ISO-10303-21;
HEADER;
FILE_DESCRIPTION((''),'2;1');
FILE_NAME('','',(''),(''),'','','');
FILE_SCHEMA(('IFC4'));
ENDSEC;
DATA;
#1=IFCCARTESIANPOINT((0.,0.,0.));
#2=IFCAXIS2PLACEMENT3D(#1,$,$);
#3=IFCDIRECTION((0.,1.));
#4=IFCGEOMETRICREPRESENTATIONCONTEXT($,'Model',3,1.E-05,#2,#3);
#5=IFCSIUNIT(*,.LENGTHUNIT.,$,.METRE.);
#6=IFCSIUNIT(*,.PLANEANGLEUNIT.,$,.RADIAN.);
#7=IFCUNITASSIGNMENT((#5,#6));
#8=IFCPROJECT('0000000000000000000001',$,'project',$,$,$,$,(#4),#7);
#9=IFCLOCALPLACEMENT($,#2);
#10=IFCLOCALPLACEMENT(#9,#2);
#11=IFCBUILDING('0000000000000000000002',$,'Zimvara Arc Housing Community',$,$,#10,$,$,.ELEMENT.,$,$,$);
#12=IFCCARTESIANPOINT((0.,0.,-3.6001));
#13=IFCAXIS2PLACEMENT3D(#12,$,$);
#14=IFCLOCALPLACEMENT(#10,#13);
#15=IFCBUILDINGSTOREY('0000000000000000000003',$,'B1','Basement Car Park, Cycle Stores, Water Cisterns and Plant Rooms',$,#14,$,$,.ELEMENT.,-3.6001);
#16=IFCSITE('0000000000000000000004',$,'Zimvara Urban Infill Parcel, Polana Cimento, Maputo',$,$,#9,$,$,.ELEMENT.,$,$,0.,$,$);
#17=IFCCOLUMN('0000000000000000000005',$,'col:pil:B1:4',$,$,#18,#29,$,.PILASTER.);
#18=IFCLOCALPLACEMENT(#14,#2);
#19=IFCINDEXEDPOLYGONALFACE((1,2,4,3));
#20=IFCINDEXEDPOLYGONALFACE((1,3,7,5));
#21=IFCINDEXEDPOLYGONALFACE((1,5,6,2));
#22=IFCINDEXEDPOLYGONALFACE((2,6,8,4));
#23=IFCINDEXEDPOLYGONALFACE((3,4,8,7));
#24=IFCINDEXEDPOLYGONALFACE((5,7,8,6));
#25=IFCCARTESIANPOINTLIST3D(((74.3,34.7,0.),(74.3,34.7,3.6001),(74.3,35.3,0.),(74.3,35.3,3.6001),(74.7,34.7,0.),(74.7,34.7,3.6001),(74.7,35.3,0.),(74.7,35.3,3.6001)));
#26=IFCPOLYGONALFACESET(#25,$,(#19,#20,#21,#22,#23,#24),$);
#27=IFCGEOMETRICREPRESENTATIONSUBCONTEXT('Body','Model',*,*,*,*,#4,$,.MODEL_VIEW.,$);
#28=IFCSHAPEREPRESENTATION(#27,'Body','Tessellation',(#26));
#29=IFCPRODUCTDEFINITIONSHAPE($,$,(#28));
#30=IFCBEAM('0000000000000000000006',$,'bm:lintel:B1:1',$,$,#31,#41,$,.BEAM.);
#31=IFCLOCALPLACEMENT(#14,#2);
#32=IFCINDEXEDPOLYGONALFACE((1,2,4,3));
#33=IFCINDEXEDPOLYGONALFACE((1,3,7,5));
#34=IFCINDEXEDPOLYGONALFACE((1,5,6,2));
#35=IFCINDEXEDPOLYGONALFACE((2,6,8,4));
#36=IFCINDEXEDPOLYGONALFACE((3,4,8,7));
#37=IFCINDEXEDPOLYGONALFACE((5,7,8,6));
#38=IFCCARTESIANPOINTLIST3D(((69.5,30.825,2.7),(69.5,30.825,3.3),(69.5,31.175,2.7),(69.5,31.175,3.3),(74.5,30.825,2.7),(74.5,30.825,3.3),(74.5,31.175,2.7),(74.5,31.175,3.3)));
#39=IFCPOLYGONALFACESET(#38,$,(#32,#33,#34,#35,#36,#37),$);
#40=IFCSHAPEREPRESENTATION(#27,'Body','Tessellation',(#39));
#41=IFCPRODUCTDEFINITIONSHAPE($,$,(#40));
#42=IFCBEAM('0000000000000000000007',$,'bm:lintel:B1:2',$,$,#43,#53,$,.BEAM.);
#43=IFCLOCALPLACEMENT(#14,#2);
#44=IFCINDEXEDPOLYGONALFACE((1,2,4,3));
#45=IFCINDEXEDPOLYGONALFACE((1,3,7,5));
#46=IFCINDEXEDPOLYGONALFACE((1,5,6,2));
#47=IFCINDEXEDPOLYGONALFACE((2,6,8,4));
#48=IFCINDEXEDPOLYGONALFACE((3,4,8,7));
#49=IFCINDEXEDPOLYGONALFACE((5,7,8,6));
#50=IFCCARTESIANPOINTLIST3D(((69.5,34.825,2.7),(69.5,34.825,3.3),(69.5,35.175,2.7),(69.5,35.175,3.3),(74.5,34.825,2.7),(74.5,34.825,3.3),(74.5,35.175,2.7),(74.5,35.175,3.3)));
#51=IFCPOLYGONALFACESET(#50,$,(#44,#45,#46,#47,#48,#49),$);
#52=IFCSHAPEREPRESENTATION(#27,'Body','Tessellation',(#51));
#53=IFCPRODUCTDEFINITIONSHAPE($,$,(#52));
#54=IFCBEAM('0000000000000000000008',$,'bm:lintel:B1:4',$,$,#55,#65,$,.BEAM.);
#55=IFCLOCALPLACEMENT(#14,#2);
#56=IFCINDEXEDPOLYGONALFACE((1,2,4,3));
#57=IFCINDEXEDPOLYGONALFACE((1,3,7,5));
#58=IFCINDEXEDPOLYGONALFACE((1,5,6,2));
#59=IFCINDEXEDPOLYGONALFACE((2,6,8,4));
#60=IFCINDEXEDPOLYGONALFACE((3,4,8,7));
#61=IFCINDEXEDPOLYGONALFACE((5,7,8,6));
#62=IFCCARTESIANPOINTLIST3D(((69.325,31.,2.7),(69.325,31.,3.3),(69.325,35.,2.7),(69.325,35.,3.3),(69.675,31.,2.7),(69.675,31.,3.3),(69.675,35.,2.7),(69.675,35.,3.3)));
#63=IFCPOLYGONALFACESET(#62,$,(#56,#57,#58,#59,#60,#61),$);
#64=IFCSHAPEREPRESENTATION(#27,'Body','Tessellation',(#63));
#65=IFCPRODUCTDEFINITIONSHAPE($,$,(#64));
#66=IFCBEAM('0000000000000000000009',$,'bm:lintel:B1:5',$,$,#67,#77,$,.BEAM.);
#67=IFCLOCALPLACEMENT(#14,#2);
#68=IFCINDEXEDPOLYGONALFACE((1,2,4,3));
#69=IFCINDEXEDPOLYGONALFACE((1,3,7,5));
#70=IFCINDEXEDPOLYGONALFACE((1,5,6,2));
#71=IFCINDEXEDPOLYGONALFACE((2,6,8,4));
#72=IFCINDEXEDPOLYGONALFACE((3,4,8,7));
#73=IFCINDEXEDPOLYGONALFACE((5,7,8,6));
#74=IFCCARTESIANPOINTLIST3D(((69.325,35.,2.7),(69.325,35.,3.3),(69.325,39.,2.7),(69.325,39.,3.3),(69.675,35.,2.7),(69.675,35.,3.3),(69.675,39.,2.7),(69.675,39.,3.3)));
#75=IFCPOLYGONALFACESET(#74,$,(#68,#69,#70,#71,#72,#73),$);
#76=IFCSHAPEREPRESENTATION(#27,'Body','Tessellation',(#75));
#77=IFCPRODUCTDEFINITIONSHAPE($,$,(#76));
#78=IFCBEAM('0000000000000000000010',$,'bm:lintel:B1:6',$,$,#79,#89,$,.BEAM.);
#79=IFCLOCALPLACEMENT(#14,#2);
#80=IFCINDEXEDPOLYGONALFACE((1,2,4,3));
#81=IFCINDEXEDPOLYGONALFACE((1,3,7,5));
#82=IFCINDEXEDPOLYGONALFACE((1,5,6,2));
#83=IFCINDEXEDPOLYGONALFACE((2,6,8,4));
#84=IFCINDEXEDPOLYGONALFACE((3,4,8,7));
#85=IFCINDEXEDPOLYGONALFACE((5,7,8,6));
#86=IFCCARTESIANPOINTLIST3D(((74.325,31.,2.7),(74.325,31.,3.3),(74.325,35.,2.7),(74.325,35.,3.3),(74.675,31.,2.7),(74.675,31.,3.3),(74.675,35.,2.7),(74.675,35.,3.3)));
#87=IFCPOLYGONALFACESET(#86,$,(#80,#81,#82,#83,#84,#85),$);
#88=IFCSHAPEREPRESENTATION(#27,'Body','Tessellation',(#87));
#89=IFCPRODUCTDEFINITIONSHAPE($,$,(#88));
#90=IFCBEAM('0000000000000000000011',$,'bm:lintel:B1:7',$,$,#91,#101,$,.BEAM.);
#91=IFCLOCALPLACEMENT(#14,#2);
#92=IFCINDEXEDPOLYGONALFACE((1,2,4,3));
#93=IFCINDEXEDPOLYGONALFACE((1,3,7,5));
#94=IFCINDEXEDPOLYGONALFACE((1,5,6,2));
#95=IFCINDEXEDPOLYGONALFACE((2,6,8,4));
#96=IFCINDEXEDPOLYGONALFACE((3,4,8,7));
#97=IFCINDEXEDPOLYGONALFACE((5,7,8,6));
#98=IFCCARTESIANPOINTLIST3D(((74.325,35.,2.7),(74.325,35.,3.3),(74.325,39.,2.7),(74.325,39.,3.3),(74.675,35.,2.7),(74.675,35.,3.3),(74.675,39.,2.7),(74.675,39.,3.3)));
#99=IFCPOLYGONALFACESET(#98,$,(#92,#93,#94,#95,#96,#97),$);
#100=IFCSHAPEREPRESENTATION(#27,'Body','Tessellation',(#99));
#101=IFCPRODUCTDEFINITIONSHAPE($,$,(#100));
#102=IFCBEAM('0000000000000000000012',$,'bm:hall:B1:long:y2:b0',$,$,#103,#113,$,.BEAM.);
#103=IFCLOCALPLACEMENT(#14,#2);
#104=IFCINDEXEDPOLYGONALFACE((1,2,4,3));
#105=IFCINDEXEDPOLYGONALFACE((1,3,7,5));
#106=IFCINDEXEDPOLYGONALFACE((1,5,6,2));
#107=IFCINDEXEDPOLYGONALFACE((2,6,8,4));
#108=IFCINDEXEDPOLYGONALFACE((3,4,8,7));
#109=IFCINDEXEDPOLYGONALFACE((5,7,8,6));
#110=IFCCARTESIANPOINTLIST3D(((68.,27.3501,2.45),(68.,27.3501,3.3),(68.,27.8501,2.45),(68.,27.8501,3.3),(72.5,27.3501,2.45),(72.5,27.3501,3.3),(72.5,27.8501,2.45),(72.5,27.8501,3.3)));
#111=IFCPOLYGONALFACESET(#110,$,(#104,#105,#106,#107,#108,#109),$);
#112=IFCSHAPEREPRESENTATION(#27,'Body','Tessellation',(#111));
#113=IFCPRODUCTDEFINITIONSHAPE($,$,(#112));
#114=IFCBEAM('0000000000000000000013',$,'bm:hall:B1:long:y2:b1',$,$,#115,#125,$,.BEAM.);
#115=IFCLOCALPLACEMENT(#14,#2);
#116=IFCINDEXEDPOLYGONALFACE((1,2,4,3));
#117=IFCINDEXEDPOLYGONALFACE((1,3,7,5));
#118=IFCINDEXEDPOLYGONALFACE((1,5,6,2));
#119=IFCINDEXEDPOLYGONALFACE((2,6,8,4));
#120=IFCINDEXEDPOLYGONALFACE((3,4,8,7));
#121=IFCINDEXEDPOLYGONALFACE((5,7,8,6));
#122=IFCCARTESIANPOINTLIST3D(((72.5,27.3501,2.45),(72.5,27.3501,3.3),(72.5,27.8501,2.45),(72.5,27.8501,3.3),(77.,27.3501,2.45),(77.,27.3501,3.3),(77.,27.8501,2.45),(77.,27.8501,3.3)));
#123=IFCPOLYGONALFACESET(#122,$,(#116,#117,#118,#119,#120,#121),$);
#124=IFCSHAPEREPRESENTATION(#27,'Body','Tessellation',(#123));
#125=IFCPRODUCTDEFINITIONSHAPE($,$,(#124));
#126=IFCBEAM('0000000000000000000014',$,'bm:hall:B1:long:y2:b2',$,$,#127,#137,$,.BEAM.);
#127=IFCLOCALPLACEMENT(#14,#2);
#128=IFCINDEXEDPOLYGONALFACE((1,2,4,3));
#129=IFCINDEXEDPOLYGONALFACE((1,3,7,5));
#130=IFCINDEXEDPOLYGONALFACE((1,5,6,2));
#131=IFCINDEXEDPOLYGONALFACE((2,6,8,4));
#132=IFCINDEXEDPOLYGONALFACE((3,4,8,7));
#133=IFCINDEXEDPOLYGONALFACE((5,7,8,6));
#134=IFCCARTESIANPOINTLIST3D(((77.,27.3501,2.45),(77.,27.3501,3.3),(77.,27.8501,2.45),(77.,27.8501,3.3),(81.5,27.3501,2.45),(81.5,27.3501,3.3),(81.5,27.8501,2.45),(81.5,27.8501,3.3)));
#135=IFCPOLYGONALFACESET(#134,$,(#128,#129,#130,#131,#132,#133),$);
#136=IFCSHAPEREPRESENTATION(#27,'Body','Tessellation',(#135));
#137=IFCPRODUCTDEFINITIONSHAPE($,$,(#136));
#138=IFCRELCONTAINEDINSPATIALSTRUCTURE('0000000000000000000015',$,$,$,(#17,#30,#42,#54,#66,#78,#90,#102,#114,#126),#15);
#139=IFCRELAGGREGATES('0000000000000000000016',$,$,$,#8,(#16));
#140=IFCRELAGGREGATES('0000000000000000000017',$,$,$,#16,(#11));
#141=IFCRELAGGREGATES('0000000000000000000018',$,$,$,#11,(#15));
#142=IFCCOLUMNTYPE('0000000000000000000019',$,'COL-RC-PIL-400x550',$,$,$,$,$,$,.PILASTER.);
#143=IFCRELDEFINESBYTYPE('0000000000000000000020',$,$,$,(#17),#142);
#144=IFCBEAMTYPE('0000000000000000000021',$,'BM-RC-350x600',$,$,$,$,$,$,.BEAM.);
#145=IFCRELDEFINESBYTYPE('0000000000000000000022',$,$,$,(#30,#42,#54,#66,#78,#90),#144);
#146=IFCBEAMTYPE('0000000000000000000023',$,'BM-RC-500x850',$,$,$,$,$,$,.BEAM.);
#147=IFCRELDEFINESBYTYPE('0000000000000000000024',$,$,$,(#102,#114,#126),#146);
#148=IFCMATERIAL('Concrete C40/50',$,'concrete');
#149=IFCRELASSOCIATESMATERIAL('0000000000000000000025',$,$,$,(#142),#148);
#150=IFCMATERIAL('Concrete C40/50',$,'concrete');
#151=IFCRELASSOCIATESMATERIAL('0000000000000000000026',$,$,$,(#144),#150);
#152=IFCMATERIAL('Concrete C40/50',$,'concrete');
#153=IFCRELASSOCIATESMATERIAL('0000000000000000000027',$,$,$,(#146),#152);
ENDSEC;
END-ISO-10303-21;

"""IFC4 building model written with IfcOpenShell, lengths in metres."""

from ifc_helpers import new_model, si_unit, direction, frame, origin, origin_2d, place, context, subcontext, project, spatial, rectangle, extrude, material, material_profile, profile_set, type_object, element, save


model = new_model("IFC4")

# Units and contexts
model_context = context("Model", 3, precision=1e-05, world=origin(), true_north=direction((0.0, 1.0)))
body_context = subcontext(model_context, "Body", "Model", "MODEL_VIEW")
ifc_project = project(units=[si_unit("LENGTHUNIT", "METRE"), si_unit("PLANEANGLEUNIT", "RADIAN")], contexts=[model_context])

# Site, building, storey
site_placement = place(None, origin())
site = spatial("IfcSite", under=ifc_project, at=site_placement, Name="Zimvara Urban Infill Parcel, Polana Cimento, Maputo", CompositionType="ELEMENT", RefElevation=0.0)
building_placement = place(site_placement, origin())
building = spatial("IfcBuilding", under=site, at=building_placement, Name="Zimvara Arc Housing Community", CompositionType="ELEMENT")
storey_placement = place(building_placement, frame((0.0, 0.0, -3.6001)))
storey = spatial("IfcBuildingStorey", under=building, at=storey_placement, Name="B1", Description="Basement Car Park, Cycle Stores, Water Cisterns and Plant Rooms", CompositionType="ELEMENT", Elevation=-3.6001)

# Column
ifc_material_1 = material(Name="Concrete C40/50", Category="concrete")
ifc_material_profile_1 = material_profile(ifc_material_1, rectangle(XDim=0.3999, YDim=0.6001, at=origin_2d()), Name="RC 400x600")
ifc_profile_set_1 = profile_set([ifc_material_profile_1], Name="Concrete C40/50")
column_type_1 = type_object("IfcColumnType", Name="COL-RC-PIL-400x550", PredefinedType="PILASTER", material=ifc_profile_set_1)
for number, where, z_axis, x_axis, name in (
    (1, (74.5, 35.0, 0.0), (0.0, 0.0, 1.0), (1.0, 0.0, 0.0), "col:pil:B1:4"),
):
    element("IfcColumn", number, at=place(storey_placement, frame(where, z_axis=z_axis, x_axis=x_axis)), inside=storey, type_object=column_type_1, Name=name, PredefinedType="PILASTER", context=body_context, shape_type="SweptSolid", body=[
        extrude(rectangle(XDim=0.3999, YDim=0.6001, at=origin_2d()), origin(), (0.0, 0.0, 1.0), 3.6001),
    ])

# Beams
ifc_material_2 = material(Name="Concrete C40/50", Category="concrete")
ifc_material_profile_2 = material_profile(ifc_material_2, rectangle(XDim=0.3501, YDim=0.6001, at=origin_2d()), Name="RC 350x600")
ifc_profile_set_2 = profile_set([ifc_material_profile_2], Name="Concrete C40/50")
beam_type_1 = type_object("IfcBeamType", Name="BM-RC-350x600", PredefinedType="BEAM", material=ifc_profile_set_2)
for number, where, z_axis, x_axis, name in (
    (2, (69.5, 31.0, 3.0), (1.0, 0.0, 0.0), (0.0, 1.0, 0.0), "bm:lintel:B1:1"),
    (3, (69.5, 35.0, 3.0), (1.0, 0.0, 0.0), (0.0, 1.0, 0.0), "bm:lintel:B1:2"),
):
    element("IfcBeam", number, at=place(storey_placement, frame(where, z_axis=z_axis, x_axis=x_axis)), inside=storey, type_object=beam_type_1, Name=name, PredefinedType="BEAM", context=body_context, shape_type="SweptSolid", body=[
        extrude(rectangle(XDim=0.3501, YDim=0.6001, at=origin_2d()), origin(), (0.0, 0.0, 1.0), 5.0),
    ])
for number, where, z_axis, x_axis, name in (
    (4, (69.5, 31.0, 3.0), (0.0, 1.0, 0.0), (-1.0, 0.0, 0.0), "bm:lintel:B1:4"),
    (5, (69.5, 35.0, 3.0), (0.0, 1.0, 0.0), (-1.0, 0.0, 0.0), "bm:lintel:B1:5"),
    (6, (74.5, 31.0, 3.0), (0.0, 1.0, 0.0), (-1.0, 0.0, 0.0), "bm:lintel:B1:6"),
    (7, (74.5, 35.0, 3.0), (0.0, 1.0, 0.0), (-1.0, 0.0, 0.0), "bm:lintel:B1:7"),
):
    element("IfcBeam", number, at=place(storey_placement, frame(where, z_axis=z_axis, x_axis=x_axis)), inside=storey, type_object=beam_type_1, Name=name, PredefinedType="BEAM", context=body_context, shape_type="SweptSolid", body=[
        extrude(rectangle(XDim=0.3501, YDim=0.6001, at=origin_2d()), origin(), (0.0, 0.0, 1.0), 4.0),
    ])
ifc_material_3 = material(Name="Concrete C40/50", Category="concrete")
ifc_material_profile_3 = material_profile(ifc_material_3, rectangle(XDim=0.5, YDim=0.8501, at=origin_2d()), Name="RC 500x850")
ifc_profile_set_3 = profile_set([ifc_material_profile_3], Name="Concrete C40/50")
beam_type_2 = type_object("IfcBeamType", Name="BM-RC-500x850", PredefinedType="BEAM", material=ifc_profile_set_3)
for number, where, z_axis, x_axis, name in (
    (8, (68.0, 27.6001, 2.875), (1.0, 0.0, 0.0), (0.0, 1.0, 0.0), "bm:hall:B1:long:y2:b0"),
    (9, (72.5, 27.6001, 2.875), (1.0, 0.0, 0.0), (0.0, 1.0, 0.0), "bm:hall:B1:long:y2:b1"),
    (10, (77.0, 27.6001, 2.875), (1.0, 0.0, 0.0), (0.0, 1.0, 0.0), "bm:hall:B1:long:y2:b2"),
):
    element("IfcBeam", number, at=place(storey_placement, frame(where, z_axis=z_axis, x_axis=x_axis)), inside=storey, type_object=beam_type_2, Name=name, PredefinedType="BEAM", context=body_context, shape_type="SweptSolid", body=[
        extrude(rectangle(XDim=0.5, YDim=0.8501, at=origin_2d()), origin(), (0.0, 0.0, 1.0), 4.5),
    ])

save(model, "model.ifc")
